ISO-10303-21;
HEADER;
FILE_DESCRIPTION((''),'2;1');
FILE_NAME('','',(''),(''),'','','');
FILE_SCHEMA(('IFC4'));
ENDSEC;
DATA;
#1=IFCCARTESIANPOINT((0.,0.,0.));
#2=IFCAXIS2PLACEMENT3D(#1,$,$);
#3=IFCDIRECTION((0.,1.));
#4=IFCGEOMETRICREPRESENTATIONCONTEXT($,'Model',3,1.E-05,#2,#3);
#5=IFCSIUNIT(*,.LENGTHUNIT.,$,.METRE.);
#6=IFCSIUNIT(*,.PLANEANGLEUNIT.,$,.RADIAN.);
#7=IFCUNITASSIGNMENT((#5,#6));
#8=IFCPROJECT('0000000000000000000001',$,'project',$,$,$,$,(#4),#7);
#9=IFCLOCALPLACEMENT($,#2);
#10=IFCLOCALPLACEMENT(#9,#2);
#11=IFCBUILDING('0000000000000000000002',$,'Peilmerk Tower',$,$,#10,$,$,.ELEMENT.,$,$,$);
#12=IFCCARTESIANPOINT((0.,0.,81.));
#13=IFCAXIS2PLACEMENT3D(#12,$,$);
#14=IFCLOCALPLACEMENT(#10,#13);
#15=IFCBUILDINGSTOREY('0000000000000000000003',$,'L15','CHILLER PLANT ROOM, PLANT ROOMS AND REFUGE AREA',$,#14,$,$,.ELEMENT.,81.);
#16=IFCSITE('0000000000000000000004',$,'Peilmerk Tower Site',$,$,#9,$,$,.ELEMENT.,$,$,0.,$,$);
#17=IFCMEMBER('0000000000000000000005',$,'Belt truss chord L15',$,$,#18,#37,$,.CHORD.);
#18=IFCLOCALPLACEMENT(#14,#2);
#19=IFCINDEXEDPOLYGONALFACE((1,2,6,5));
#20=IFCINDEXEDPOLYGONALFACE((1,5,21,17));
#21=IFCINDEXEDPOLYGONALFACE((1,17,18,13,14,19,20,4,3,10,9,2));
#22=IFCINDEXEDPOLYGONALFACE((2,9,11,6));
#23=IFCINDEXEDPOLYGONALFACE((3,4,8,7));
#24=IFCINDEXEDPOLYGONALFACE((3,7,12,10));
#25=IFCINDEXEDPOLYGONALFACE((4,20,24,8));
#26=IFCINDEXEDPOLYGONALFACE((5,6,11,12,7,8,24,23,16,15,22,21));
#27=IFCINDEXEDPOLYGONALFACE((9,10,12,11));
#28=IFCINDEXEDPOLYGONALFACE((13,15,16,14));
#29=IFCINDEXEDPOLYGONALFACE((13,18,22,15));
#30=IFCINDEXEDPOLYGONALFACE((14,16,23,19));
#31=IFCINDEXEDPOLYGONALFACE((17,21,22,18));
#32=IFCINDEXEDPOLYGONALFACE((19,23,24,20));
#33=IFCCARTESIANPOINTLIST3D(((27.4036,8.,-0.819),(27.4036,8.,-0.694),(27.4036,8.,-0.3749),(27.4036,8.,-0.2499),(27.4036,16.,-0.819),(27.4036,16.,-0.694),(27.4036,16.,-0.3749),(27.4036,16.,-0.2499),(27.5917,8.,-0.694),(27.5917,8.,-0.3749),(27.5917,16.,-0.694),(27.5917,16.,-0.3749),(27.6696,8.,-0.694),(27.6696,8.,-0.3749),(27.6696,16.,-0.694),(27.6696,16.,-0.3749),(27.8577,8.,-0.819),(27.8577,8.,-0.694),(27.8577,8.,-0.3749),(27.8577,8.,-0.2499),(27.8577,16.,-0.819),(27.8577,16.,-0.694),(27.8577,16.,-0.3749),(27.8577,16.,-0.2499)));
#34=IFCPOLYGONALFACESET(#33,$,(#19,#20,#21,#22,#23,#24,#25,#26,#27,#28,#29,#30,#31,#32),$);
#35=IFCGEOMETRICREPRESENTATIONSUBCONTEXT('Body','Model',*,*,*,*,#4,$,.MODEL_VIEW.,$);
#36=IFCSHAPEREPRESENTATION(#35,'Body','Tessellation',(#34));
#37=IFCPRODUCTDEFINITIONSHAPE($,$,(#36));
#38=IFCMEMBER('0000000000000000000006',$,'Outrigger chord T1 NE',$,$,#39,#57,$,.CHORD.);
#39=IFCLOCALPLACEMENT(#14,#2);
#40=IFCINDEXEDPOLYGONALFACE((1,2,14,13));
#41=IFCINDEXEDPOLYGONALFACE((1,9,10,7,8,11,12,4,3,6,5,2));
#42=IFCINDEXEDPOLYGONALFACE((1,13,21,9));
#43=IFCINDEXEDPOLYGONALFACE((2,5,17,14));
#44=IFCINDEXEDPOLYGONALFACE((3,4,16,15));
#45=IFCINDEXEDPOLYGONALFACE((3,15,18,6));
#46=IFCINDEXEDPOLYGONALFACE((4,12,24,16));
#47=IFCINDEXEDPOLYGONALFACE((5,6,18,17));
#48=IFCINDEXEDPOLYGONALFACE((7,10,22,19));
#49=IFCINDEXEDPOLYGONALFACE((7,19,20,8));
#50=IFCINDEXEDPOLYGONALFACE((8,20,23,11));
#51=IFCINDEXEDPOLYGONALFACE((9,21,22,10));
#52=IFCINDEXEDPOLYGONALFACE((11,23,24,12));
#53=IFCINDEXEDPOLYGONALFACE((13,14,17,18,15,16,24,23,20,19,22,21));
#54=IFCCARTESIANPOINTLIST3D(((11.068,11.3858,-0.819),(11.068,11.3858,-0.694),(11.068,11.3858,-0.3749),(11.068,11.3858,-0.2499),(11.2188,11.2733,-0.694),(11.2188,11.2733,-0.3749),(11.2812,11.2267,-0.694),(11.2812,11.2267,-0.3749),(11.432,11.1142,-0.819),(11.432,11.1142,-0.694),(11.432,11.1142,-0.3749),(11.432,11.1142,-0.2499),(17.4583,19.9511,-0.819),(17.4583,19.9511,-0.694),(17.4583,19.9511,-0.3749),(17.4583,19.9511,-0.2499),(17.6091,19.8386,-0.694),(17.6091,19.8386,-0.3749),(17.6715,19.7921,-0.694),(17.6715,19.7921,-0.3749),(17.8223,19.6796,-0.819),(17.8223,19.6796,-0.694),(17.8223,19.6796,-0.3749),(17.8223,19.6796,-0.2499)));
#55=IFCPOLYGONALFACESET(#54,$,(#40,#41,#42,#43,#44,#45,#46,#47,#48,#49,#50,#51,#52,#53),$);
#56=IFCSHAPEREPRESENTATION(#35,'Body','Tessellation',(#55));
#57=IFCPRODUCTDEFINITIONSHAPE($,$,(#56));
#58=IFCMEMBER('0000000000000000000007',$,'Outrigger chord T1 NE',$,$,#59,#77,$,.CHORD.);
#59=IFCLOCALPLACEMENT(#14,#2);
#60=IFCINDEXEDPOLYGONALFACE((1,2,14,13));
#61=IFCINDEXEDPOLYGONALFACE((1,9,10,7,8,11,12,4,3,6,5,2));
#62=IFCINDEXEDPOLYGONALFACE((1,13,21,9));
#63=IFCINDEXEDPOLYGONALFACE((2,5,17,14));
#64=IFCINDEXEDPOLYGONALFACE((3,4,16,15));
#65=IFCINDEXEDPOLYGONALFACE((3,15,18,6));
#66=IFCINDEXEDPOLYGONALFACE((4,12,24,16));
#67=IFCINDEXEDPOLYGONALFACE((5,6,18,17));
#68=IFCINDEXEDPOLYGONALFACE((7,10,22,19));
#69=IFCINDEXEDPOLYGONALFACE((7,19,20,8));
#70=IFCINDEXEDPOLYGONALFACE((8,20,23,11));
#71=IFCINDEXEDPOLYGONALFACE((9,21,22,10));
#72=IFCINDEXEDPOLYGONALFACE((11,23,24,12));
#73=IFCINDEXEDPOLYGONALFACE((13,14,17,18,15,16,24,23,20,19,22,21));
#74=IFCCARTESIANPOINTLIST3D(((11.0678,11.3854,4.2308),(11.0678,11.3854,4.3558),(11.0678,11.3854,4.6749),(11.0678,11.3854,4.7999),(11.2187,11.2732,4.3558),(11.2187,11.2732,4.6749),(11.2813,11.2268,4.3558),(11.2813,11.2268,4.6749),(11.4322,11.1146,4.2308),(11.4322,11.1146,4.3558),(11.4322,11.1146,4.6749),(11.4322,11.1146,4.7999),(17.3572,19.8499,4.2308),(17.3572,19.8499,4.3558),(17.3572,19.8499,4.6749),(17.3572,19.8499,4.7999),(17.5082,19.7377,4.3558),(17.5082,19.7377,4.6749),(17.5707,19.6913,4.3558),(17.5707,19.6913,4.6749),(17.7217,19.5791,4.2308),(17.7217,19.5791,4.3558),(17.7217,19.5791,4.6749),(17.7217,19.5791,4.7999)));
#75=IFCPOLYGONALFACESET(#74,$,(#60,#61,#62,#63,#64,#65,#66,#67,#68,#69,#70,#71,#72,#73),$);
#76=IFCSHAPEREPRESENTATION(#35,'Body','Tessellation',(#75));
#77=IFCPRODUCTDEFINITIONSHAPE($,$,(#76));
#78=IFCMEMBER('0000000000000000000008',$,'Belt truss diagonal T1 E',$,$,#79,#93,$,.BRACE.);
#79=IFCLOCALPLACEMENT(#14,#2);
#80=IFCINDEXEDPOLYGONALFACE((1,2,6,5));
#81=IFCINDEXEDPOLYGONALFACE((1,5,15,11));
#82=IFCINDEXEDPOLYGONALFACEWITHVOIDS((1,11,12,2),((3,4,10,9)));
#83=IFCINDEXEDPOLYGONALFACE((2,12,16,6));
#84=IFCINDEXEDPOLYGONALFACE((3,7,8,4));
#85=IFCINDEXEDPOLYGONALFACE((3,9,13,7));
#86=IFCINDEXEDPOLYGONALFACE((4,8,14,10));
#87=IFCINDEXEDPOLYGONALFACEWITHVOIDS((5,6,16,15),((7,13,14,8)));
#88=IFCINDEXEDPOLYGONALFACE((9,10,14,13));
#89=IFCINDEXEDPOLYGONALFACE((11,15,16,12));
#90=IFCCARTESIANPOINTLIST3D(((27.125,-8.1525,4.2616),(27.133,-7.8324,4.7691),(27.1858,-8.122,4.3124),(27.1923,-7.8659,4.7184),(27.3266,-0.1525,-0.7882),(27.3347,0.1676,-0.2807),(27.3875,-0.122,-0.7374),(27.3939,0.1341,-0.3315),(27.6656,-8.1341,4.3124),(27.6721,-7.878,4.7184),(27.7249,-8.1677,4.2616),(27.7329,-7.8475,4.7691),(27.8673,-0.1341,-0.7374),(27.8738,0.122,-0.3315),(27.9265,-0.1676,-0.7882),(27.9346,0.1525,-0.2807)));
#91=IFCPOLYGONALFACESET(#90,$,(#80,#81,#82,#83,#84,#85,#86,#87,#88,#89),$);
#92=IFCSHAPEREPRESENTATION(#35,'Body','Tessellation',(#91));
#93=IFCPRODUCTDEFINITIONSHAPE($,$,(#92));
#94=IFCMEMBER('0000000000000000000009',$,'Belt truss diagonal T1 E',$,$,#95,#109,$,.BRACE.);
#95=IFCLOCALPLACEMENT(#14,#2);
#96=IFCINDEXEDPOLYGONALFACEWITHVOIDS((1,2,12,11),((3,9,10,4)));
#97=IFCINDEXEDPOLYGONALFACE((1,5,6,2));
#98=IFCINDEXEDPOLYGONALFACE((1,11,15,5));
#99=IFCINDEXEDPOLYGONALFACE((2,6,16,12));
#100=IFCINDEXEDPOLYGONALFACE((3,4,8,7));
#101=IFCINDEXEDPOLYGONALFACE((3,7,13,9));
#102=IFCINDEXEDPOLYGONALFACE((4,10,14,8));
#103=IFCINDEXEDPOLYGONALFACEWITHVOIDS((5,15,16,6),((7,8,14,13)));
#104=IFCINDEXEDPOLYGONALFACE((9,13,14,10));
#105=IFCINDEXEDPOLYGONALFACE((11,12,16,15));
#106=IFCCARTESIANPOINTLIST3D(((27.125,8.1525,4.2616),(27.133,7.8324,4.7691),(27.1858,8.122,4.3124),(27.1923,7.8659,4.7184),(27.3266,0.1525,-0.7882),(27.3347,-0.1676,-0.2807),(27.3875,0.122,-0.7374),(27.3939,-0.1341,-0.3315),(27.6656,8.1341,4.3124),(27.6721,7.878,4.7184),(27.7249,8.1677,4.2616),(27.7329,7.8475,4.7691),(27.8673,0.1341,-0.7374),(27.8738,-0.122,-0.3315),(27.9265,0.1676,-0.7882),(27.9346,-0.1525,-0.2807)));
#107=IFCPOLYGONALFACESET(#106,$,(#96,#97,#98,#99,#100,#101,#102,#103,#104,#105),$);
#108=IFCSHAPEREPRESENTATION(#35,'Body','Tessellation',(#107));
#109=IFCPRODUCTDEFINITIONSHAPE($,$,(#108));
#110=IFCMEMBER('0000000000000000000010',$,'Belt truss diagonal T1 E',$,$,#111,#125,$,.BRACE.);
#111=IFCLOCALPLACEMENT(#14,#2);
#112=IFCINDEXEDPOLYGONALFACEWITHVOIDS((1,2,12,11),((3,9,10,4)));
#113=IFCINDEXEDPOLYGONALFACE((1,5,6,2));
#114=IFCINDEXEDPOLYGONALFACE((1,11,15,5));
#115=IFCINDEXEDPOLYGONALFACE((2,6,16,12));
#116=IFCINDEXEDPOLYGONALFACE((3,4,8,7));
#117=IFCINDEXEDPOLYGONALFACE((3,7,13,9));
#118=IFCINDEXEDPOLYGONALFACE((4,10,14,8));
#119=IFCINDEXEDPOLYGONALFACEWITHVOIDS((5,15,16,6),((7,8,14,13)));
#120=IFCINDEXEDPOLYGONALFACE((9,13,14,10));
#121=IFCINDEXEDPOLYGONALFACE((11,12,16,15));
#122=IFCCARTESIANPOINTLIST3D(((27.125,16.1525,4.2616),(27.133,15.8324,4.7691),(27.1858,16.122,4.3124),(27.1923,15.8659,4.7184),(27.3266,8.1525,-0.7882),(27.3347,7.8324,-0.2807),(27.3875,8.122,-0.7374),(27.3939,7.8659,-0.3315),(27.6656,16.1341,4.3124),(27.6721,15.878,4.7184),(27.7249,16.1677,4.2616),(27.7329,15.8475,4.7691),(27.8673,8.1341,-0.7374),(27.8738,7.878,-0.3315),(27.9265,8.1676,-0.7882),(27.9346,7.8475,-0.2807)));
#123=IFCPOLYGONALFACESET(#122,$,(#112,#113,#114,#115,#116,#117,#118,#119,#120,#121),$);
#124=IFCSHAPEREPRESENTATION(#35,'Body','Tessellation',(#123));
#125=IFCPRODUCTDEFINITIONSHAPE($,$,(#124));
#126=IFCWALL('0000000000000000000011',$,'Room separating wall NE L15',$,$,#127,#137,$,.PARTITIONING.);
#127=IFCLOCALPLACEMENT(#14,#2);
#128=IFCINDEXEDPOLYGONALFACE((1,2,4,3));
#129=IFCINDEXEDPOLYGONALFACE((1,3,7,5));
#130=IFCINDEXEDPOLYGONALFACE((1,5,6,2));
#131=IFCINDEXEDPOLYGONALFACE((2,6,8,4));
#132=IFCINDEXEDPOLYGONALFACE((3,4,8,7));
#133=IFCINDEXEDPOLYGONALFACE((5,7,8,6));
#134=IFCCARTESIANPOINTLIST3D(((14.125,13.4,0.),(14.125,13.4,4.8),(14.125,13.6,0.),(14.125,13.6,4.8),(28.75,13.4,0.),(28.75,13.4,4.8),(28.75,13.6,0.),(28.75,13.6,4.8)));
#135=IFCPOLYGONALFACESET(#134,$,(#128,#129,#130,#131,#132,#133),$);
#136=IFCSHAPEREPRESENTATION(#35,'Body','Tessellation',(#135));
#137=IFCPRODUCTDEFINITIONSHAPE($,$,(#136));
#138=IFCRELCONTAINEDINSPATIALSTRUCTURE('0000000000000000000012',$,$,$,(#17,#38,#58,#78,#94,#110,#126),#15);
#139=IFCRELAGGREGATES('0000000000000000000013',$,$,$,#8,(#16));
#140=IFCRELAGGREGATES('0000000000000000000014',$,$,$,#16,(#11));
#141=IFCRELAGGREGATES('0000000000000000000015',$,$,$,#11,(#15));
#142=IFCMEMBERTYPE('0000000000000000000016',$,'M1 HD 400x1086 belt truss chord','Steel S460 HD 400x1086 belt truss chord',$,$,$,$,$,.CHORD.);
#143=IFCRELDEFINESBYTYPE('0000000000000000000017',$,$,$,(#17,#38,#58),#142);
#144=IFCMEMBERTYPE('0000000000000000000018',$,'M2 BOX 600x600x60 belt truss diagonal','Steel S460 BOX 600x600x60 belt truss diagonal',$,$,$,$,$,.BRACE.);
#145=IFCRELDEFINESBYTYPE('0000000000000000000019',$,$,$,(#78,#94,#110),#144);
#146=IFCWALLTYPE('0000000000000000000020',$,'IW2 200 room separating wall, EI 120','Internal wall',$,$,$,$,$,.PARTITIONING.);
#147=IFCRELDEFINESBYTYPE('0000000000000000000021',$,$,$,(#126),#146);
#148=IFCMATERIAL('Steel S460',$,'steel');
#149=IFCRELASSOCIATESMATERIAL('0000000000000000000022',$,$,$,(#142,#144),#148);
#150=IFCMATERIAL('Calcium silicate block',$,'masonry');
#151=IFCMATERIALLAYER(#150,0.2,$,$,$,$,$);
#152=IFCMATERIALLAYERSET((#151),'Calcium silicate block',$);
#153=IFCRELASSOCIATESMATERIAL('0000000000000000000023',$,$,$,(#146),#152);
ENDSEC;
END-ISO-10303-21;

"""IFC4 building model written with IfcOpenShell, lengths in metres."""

from ifc_helpers import new_model, si_unit, direction, frame, frame_2d, origin, origin_2d, place, context, subcontext, project, spatial, rectangle, hollow_rectangle, i_section, extrude, material, layer, layer_set, material_profile, profile_set, type_object, element, save


model = new_model("IFC4")

# Units and contexts
model_context = context("Model", 3, precision=1e-05, world=origin(), true_north=direction((0.0, 1.0)))
body_context = subcontext(model_context, "Body", "Model", "MODEL_VIEW")
ifc_project = project(units=[si_unit("LENGTHUNIT", "METRE"), si_unit("PLANEANGLEUNIT", "RADIAN")], contexts=[model_context])

# Site, building, storey
site_placement = place(None, origin())
site = spatial("IfcSite", under=ifc_project, at=site_placement, Name="Peilmerk Tower Site", CompositionType="ELEMENT", RefElevation=0.0)
building_placement = place(site_placement, origin())
building = spatial("IfcBuilding", under=site, at=building_placement, Name="Peilmerk Tower", CompositionType="ELEMENT")
storey_placement = place(building_placement, frame((0.0, 0.0, 81.0)))
storey = spatial("IfcBuildingStorey", under=building, at=storey_placement, Name="L15", Description="CHILLER PLANT ROOM, PLANT ROOMS AND REFUGE AREA", CompositionType="ELEMENT", Elevation=81.0)

# Shared definitions
ifc_material_1 = material(Name="Steel S460", Category="steel")

# Members
ifc_material_profile_1 = material_profile(ifc_material_1, i_section(OverallWidth=0.4541, OverallDepth=0.5691, WebThickness=0.0779, FlangeThickness=0.125, at=origin_2d()), Name="HD 400x1086")
ifc_profile_set_1 = profile_set([ifc_material_profile_1], Name="Steel S460")
member_type_1 = type_object("IfcMemberType", Name="M1 HD 400x1086 belt truss chord", Description="Steel S460 HD 400x1086 belt truss chord", PredefinedType="CHORD", material=ifc_profile_set_1)
for number, where, z_axis, x_axis, name in (
    (1, (27.6306, 8.0, -0.5344), (0.0, 1.0, 0.0), (-1.0, 0.0, 0.0), "Belt truss chord L15"),
):
    element("IfcMember", number, at=place(storey_placement, frame(where, z_axis=z_axis, x_axis=x_axis)), inside=storey, type_object=member_type_1, Name=name, PredefinedType="CHORD", context=body_context, shape_type="SweptSolid", body=[
        extrude(i_section(OverallWidth=0.4541, OverallDepth=0.5691, WebThickness=0.0779, FlangeThickness=0.125, at=origin_2d()), origin(), (0.0, 0.0, 1.0), 8.0),
    ])
member_1_placement = place(storey_placement, frame((11.25, 11.25, -0.5344), z_axis=(0.59798, 0.801511, 0.0), x_axis=(-0.801511, 0.59798, 0.0)))
element("IfcMember", 2, at=member_1_placement, inside=storey, type_object=member_type_1, Name="Outrigger chord T1 NE", PredefinedType="CHORD", context=body_context, shape_type="SweptSolid", body=[
    extrude(i_section(OverallWidth=0.4541, OverallDepth=0.5691, WebThickness=0.0779, FlangeThickness=0.125, at=origin_2d()), origin(), (0.0, 0.0, 1.0), 10.6865),
])
member_2_placement = place(storey_placement, frame((11.25, 11.25, 4.5154), z_axis=(0.596419, 0.802673, 0.0), x_axis=(-0.802673, 0.596419, 0.0)))
element("IfcMember", 3, at=member_2_placement, inside=storey, type_object=member_type_1, Name="Outrigger chord T1 NE", PredefinedType="CHORD", context=body_context, shape_type="SweptSolid", body=[
    extrude(i_section(OverallWidth=0.4541, OverallDepth=0.5691, WebThickness=0.0779, FlangeThickness=0.125, at=origin_2d()), origin(), (0.0, 0.0, 1.0), 10.5454),
])
ifc_material_profile_2 = material_profile(ifc_material_1, hollow_rectangle(XDim=0.6001, YDim=0.6001, WallThickness=0.0601, at=origin_2d()), Name="BOX 600x600x60")
ifc_profile_set_2 = profile_set([ifc_material_profile_2], Name="Steel S460")
member_type_2 = type_object("IfcMemberType", Name="M2 BOX 600x600x60 belt truss diagonal", Description="Steel S460 BOX 600x600x60 belt truss diagonal", PredefinedType="BRACE", material=ifc_profile_set_2)
for number, where, z_axis, x_axis, name in (
    (4, (27.6306, 0.0, -0.5344), (-0.021311, -0.845432, 0.533658), (0.999682, -0.0252, 0.0), "Belt truss diagonal T1 E"),
    (5, (27.6306, 0.0, -0.5344), (-0.021311, 0.845432, 0.533658), (-0.999682, -0.0252, 0.0), "Belt truss diagonal T1 E"),
    (6, (27.6306, 8.0, -0.5344), (-0.021311, 0.845432, 0.533658), (-0.999682, -0.0252, 0.0), "Belt truss diagonal T1 E"),
):
    element("IfcMember", number, at=place(storey_placement, frame(where, z_axis=z_axis, x_axis=x_axis)), inside=storey, type_object=member_type_2, Name=name, PredefinedType="BRACE", context=body_context, shape_type="SweptSolid", body=[
        extrude(hollow_rectangle(XDim=0.6001, YDim=0.6001, WallThickness=0.0601, at=origin_2d()), origin(), (0.0, 0.0, 1.0), 9.4626),
    ])

# Wall
ifc_material_2 = material(Name="Calcium silicate block", Category="masonry")
ifc_layer = layer(ifc_material_2, 0.2)
ifc_layer_set = layer_set([ifc_layer], Name="Calcium silicate block")
wall_type = type_object("IfcWallType", Name="IW2 200 room separating wall, EI 120", Description="Internal wall", PredefinedType="PARTITIONING", material=ifc_layer_set)
wall_placement = place(storey_placement, frame((14.125, 13.5, 0.0), z_axis=(0.0, 0.0, 1.0), x_axis=(1.0, 0.0, 0.0)))
element("IfcWall", 7, at=wall_placement, inside=storey, type_object=wall_type, Name="Room separating wall NE L15", PredefinedType="PARTITIONING", context=body_context, shape_type="SweptSolid", body=[
    extrude(rectangle(XDim=14.625, YDim=0.2, at=frame_2d((7.3125, 0.0))), origin(), (0.0, 0.0, 1.0), 4.8),
])

save(model, "model.ifc")
